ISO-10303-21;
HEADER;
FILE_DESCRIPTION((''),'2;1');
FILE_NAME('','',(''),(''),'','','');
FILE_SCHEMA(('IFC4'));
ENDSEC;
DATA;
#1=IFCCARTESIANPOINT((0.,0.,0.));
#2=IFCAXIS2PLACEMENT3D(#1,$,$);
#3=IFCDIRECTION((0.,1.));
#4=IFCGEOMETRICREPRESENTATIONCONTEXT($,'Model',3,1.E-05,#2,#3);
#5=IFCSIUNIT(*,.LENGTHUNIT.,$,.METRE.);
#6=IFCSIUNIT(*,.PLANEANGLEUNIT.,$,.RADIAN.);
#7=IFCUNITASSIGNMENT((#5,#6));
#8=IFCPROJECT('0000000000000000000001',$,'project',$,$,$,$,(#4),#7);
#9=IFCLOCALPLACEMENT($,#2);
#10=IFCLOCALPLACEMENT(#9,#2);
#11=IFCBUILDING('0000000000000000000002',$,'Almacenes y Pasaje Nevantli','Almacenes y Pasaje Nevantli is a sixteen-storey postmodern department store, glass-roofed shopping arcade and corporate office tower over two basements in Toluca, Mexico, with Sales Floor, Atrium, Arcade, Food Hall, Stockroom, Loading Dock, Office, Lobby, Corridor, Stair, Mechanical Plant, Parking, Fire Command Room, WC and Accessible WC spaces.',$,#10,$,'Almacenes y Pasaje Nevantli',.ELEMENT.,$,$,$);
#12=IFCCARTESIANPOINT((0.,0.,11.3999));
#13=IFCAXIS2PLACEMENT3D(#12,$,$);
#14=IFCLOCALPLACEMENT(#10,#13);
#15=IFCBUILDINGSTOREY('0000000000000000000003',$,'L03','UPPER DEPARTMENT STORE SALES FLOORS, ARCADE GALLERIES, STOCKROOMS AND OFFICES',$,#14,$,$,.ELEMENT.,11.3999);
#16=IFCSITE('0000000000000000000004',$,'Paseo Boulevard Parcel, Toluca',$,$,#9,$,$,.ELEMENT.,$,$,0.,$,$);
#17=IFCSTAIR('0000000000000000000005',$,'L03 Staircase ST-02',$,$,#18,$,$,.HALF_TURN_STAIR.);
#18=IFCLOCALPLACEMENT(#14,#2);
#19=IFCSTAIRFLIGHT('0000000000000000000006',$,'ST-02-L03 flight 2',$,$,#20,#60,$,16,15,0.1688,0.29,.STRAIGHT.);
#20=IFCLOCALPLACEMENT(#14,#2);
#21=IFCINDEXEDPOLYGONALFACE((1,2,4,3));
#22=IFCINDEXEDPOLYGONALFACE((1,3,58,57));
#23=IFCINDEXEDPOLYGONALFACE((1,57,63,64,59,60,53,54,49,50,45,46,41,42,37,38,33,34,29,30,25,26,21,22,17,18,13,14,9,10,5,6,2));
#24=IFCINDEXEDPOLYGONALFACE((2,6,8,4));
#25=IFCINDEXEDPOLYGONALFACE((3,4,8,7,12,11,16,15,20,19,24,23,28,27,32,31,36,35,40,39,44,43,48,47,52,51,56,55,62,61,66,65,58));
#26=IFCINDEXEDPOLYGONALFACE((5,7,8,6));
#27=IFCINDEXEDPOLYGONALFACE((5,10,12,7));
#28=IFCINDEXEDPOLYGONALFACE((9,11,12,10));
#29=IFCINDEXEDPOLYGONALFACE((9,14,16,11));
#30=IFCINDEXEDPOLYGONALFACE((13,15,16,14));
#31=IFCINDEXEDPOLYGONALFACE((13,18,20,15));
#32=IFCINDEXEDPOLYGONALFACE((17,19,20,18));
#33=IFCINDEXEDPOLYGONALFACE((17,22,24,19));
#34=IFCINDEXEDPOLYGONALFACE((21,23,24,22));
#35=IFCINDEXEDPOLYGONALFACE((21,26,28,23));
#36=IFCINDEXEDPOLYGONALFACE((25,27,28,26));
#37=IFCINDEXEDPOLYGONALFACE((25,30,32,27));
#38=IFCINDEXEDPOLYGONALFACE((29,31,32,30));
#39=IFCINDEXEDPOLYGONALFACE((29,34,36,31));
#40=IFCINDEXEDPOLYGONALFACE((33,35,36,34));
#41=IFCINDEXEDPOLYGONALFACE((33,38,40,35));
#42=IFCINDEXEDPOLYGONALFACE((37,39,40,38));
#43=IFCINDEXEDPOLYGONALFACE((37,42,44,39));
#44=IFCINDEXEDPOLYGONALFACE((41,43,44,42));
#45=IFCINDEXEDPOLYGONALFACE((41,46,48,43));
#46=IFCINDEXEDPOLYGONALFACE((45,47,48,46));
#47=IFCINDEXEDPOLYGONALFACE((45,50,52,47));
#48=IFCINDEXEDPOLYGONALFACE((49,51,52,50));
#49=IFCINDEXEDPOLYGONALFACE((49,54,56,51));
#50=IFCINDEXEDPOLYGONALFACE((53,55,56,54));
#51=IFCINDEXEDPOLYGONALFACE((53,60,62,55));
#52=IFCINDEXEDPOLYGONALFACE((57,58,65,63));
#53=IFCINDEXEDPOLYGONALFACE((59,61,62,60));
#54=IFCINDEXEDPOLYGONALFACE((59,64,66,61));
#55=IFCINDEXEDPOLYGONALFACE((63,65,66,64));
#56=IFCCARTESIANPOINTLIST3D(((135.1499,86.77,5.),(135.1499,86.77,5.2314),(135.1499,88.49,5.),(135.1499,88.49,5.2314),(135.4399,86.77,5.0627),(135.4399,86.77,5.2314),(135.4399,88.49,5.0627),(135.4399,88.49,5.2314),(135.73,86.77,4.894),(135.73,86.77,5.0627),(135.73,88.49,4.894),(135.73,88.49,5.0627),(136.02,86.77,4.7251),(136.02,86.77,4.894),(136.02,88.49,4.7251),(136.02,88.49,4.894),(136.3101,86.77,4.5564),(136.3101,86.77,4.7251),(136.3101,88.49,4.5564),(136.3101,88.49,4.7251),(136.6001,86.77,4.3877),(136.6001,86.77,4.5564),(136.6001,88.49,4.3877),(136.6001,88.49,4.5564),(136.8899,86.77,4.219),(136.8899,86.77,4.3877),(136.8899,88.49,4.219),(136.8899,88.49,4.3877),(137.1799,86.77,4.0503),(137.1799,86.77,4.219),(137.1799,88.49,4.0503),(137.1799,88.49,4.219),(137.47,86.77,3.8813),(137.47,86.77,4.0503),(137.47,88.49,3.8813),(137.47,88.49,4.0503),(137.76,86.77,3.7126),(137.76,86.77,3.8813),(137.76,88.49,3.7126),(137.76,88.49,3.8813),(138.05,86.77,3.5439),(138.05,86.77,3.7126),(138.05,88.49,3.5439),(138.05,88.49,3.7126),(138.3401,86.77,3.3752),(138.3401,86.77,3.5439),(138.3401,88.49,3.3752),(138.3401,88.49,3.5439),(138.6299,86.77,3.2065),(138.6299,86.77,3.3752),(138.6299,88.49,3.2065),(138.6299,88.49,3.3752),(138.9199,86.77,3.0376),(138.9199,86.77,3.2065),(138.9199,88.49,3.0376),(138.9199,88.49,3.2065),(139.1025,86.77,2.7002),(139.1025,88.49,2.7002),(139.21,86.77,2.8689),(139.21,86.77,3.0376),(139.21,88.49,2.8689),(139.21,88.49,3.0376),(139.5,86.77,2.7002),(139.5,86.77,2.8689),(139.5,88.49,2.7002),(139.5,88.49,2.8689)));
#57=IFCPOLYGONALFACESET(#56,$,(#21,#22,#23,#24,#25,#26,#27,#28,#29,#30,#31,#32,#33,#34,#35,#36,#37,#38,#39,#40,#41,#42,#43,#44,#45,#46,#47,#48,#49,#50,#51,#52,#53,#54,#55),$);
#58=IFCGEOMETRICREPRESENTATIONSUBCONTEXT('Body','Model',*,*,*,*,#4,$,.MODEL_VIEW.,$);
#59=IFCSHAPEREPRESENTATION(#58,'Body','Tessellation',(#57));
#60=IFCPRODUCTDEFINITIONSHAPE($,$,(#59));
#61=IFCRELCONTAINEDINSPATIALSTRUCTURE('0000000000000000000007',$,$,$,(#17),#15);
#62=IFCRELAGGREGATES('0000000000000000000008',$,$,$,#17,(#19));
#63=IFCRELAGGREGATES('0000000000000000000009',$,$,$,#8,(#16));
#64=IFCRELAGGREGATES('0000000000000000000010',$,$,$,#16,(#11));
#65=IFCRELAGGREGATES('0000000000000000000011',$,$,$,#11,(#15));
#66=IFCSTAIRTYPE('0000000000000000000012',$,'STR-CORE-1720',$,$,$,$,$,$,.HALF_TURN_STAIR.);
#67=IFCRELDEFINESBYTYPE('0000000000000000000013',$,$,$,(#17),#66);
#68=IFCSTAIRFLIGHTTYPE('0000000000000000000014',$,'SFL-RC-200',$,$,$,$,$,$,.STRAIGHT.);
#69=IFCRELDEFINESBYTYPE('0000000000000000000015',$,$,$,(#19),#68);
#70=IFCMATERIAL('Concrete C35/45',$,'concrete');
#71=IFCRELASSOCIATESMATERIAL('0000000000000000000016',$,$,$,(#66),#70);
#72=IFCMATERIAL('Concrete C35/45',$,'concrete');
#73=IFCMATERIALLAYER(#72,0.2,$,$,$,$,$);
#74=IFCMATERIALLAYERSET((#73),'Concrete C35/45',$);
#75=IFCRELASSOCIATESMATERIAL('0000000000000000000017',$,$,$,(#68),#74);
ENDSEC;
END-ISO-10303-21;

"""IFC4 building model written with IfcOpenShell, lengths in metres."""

from ifc_helpers import new_model, si_unit, direction, frame, origin, place, context, subcontext, project, spatial, polyline, outline, extrude, material, layer, layer_set, type_object, element, aggregate, save


model = new_model("IFC4")

# Units and contexts
model_context = context("Model", 3, precision=1e-05, world=origin(), true_north=direction((0.0, 1.0)))
body_context = subcontext(model_context, "Body", "Model", "MODEL_VIEW")
ifc_project = project(units=[si_unit("LENGTHUNIT", "METRE"), si_unit("PLANEANGLEUNIT", "RADIAN")], contexts=[model_context])

# Site, building, storey
site_placement = place(None, origin())
site = spatial("IfcSite", under=ifc_project, at=site_placement, Name="Paseo Boulevard Parcel, Toluca", CompositionType="ELEMENT", RefElevation=0.0)
building_placement = place(site_placement, origin())
building = spatial("IfcBuilding", under=site, at=building_placement, Name="Almacenes y Pasaje Nevantli", Description="Almacenes y Pasaje Nevantli is a sixteen-storey postmodern department store, glass-roofed shopping arcade and corporate office tower over two basements in Toluca, Mexico, with Sales Floor, Atrium, Arcade, Food Hall, Stockroom, Loading Dock, Office, Lobby, Corridor, Stair, Mechanical Plant, Parking, Fire Command Room, WC and Accessible WC spaces.", LongName="Almacenes y Pasaje Nevantli", CompositionType="ELEMENT")
storey_placement = place(building_placement, frame((0.0, 0.0, 11.3999)))
storey = spatial("IfcBuildingStorey", under=building, at=storey_placement, Name="L03", Description="UPPER DEPARTMENT STORE SALES FLOORS, ARCADE GALLERIES, STOCKROOMS AND OFFICES", CompositionType="ELEMENT", Elevation=11.3999)

# Stair, stair flight
ifc_material_1 = material(Name="Concrete C35/45", Category="concrete")
stair_type = type_object("IfcStairType", Name="STR-CORE-1720", PredefinedType="HALF_TURN_STAIR", material=ifc_material_1)
stair_placement = place(storey_placement, origin())
stair = element("IfcStair", 1, at=stair_placement, inside=storey, type_object=stair_type, Name="L03 Staircase ST-02", PredefinedType="HALF_TURN_STAIR")
ifc_material_2 = material(Name="Concrete C35/45", Category="concrete")
ifc_layer_1 = layer(ifc_material_2, 0.2)
ifc_layer_set_1 = layer_set([ifc_layer_1], Name="Concrete C35/45")
stair_flight_type = type_object("IfcStairFlightType", Name="SFL-RC-200", PredefinedType="STRAIGHT", material=ifc_layer_set_1)
stair_flight_placement = place(storey_placement, frame((139.5, 87.6299, 2.7002), z_axis=(0.0, 0.0, 1.0), x_axis=(-1.0, 0.0, 0.0)))
stair_flight = element("IfcStairFlight", 2, at=stair_flight_placement, type_object=stair_flight_type, Name="ST-02-L03 flight 2", NumberOfRisers=16, NumberOfTreads=15, PredefinedType="STRAIGHT", RiserHeight=0.1688, TreadLength=0.29, context=body_context, shape_type="SweptSolid", body=[
    extrude(outline(polyline([(0.0, 0.0), (0.0, 0.1687), (0.29, 0.1687), (0.29, 0.3374), (0.5801, 0.3374), (0.5801, 0.5063), (0.8701, 0.5063), (0.8701, 0.675), (1.1599, 0.675), (1.1599, 0.8438), (1.45, 0.8438), (1.45, 1.0125), (1.74, 1.0125), (1.74, 1.1812), (2.03, 1.1812), (2.03, 1.3501), (2.3201, 1.3501), (2.3201, 1.5188), (2.6101, 1.5188), (2.6101, 1.6875), (2.8999, 1.6875), (2.8999, 1.8562), (3.1899, 1.8562), (3.1899, 2.0249), (3.48, 2.0249), (3.48, 2.1938), (3.77, 2.1938), (3.77, 2.3625), (4.0601, 2.3625), (4.0601, 2.5312), (4.3501, 2.5312), (4.3501, 2.7), (4.3501, 2.2998), (0.3975, 0.0), (0.0, 0.0)])), frame((0.0, 0.8599, 0.0), z_axis=(0.0, -1.0, 0.0), x_axis=(1.0, 0.0, 0.0)), (0.0, 0.0, 1.0), 1.72),
])
aggregate(stair, [stair_flight])

save(model, "model.ifc")
